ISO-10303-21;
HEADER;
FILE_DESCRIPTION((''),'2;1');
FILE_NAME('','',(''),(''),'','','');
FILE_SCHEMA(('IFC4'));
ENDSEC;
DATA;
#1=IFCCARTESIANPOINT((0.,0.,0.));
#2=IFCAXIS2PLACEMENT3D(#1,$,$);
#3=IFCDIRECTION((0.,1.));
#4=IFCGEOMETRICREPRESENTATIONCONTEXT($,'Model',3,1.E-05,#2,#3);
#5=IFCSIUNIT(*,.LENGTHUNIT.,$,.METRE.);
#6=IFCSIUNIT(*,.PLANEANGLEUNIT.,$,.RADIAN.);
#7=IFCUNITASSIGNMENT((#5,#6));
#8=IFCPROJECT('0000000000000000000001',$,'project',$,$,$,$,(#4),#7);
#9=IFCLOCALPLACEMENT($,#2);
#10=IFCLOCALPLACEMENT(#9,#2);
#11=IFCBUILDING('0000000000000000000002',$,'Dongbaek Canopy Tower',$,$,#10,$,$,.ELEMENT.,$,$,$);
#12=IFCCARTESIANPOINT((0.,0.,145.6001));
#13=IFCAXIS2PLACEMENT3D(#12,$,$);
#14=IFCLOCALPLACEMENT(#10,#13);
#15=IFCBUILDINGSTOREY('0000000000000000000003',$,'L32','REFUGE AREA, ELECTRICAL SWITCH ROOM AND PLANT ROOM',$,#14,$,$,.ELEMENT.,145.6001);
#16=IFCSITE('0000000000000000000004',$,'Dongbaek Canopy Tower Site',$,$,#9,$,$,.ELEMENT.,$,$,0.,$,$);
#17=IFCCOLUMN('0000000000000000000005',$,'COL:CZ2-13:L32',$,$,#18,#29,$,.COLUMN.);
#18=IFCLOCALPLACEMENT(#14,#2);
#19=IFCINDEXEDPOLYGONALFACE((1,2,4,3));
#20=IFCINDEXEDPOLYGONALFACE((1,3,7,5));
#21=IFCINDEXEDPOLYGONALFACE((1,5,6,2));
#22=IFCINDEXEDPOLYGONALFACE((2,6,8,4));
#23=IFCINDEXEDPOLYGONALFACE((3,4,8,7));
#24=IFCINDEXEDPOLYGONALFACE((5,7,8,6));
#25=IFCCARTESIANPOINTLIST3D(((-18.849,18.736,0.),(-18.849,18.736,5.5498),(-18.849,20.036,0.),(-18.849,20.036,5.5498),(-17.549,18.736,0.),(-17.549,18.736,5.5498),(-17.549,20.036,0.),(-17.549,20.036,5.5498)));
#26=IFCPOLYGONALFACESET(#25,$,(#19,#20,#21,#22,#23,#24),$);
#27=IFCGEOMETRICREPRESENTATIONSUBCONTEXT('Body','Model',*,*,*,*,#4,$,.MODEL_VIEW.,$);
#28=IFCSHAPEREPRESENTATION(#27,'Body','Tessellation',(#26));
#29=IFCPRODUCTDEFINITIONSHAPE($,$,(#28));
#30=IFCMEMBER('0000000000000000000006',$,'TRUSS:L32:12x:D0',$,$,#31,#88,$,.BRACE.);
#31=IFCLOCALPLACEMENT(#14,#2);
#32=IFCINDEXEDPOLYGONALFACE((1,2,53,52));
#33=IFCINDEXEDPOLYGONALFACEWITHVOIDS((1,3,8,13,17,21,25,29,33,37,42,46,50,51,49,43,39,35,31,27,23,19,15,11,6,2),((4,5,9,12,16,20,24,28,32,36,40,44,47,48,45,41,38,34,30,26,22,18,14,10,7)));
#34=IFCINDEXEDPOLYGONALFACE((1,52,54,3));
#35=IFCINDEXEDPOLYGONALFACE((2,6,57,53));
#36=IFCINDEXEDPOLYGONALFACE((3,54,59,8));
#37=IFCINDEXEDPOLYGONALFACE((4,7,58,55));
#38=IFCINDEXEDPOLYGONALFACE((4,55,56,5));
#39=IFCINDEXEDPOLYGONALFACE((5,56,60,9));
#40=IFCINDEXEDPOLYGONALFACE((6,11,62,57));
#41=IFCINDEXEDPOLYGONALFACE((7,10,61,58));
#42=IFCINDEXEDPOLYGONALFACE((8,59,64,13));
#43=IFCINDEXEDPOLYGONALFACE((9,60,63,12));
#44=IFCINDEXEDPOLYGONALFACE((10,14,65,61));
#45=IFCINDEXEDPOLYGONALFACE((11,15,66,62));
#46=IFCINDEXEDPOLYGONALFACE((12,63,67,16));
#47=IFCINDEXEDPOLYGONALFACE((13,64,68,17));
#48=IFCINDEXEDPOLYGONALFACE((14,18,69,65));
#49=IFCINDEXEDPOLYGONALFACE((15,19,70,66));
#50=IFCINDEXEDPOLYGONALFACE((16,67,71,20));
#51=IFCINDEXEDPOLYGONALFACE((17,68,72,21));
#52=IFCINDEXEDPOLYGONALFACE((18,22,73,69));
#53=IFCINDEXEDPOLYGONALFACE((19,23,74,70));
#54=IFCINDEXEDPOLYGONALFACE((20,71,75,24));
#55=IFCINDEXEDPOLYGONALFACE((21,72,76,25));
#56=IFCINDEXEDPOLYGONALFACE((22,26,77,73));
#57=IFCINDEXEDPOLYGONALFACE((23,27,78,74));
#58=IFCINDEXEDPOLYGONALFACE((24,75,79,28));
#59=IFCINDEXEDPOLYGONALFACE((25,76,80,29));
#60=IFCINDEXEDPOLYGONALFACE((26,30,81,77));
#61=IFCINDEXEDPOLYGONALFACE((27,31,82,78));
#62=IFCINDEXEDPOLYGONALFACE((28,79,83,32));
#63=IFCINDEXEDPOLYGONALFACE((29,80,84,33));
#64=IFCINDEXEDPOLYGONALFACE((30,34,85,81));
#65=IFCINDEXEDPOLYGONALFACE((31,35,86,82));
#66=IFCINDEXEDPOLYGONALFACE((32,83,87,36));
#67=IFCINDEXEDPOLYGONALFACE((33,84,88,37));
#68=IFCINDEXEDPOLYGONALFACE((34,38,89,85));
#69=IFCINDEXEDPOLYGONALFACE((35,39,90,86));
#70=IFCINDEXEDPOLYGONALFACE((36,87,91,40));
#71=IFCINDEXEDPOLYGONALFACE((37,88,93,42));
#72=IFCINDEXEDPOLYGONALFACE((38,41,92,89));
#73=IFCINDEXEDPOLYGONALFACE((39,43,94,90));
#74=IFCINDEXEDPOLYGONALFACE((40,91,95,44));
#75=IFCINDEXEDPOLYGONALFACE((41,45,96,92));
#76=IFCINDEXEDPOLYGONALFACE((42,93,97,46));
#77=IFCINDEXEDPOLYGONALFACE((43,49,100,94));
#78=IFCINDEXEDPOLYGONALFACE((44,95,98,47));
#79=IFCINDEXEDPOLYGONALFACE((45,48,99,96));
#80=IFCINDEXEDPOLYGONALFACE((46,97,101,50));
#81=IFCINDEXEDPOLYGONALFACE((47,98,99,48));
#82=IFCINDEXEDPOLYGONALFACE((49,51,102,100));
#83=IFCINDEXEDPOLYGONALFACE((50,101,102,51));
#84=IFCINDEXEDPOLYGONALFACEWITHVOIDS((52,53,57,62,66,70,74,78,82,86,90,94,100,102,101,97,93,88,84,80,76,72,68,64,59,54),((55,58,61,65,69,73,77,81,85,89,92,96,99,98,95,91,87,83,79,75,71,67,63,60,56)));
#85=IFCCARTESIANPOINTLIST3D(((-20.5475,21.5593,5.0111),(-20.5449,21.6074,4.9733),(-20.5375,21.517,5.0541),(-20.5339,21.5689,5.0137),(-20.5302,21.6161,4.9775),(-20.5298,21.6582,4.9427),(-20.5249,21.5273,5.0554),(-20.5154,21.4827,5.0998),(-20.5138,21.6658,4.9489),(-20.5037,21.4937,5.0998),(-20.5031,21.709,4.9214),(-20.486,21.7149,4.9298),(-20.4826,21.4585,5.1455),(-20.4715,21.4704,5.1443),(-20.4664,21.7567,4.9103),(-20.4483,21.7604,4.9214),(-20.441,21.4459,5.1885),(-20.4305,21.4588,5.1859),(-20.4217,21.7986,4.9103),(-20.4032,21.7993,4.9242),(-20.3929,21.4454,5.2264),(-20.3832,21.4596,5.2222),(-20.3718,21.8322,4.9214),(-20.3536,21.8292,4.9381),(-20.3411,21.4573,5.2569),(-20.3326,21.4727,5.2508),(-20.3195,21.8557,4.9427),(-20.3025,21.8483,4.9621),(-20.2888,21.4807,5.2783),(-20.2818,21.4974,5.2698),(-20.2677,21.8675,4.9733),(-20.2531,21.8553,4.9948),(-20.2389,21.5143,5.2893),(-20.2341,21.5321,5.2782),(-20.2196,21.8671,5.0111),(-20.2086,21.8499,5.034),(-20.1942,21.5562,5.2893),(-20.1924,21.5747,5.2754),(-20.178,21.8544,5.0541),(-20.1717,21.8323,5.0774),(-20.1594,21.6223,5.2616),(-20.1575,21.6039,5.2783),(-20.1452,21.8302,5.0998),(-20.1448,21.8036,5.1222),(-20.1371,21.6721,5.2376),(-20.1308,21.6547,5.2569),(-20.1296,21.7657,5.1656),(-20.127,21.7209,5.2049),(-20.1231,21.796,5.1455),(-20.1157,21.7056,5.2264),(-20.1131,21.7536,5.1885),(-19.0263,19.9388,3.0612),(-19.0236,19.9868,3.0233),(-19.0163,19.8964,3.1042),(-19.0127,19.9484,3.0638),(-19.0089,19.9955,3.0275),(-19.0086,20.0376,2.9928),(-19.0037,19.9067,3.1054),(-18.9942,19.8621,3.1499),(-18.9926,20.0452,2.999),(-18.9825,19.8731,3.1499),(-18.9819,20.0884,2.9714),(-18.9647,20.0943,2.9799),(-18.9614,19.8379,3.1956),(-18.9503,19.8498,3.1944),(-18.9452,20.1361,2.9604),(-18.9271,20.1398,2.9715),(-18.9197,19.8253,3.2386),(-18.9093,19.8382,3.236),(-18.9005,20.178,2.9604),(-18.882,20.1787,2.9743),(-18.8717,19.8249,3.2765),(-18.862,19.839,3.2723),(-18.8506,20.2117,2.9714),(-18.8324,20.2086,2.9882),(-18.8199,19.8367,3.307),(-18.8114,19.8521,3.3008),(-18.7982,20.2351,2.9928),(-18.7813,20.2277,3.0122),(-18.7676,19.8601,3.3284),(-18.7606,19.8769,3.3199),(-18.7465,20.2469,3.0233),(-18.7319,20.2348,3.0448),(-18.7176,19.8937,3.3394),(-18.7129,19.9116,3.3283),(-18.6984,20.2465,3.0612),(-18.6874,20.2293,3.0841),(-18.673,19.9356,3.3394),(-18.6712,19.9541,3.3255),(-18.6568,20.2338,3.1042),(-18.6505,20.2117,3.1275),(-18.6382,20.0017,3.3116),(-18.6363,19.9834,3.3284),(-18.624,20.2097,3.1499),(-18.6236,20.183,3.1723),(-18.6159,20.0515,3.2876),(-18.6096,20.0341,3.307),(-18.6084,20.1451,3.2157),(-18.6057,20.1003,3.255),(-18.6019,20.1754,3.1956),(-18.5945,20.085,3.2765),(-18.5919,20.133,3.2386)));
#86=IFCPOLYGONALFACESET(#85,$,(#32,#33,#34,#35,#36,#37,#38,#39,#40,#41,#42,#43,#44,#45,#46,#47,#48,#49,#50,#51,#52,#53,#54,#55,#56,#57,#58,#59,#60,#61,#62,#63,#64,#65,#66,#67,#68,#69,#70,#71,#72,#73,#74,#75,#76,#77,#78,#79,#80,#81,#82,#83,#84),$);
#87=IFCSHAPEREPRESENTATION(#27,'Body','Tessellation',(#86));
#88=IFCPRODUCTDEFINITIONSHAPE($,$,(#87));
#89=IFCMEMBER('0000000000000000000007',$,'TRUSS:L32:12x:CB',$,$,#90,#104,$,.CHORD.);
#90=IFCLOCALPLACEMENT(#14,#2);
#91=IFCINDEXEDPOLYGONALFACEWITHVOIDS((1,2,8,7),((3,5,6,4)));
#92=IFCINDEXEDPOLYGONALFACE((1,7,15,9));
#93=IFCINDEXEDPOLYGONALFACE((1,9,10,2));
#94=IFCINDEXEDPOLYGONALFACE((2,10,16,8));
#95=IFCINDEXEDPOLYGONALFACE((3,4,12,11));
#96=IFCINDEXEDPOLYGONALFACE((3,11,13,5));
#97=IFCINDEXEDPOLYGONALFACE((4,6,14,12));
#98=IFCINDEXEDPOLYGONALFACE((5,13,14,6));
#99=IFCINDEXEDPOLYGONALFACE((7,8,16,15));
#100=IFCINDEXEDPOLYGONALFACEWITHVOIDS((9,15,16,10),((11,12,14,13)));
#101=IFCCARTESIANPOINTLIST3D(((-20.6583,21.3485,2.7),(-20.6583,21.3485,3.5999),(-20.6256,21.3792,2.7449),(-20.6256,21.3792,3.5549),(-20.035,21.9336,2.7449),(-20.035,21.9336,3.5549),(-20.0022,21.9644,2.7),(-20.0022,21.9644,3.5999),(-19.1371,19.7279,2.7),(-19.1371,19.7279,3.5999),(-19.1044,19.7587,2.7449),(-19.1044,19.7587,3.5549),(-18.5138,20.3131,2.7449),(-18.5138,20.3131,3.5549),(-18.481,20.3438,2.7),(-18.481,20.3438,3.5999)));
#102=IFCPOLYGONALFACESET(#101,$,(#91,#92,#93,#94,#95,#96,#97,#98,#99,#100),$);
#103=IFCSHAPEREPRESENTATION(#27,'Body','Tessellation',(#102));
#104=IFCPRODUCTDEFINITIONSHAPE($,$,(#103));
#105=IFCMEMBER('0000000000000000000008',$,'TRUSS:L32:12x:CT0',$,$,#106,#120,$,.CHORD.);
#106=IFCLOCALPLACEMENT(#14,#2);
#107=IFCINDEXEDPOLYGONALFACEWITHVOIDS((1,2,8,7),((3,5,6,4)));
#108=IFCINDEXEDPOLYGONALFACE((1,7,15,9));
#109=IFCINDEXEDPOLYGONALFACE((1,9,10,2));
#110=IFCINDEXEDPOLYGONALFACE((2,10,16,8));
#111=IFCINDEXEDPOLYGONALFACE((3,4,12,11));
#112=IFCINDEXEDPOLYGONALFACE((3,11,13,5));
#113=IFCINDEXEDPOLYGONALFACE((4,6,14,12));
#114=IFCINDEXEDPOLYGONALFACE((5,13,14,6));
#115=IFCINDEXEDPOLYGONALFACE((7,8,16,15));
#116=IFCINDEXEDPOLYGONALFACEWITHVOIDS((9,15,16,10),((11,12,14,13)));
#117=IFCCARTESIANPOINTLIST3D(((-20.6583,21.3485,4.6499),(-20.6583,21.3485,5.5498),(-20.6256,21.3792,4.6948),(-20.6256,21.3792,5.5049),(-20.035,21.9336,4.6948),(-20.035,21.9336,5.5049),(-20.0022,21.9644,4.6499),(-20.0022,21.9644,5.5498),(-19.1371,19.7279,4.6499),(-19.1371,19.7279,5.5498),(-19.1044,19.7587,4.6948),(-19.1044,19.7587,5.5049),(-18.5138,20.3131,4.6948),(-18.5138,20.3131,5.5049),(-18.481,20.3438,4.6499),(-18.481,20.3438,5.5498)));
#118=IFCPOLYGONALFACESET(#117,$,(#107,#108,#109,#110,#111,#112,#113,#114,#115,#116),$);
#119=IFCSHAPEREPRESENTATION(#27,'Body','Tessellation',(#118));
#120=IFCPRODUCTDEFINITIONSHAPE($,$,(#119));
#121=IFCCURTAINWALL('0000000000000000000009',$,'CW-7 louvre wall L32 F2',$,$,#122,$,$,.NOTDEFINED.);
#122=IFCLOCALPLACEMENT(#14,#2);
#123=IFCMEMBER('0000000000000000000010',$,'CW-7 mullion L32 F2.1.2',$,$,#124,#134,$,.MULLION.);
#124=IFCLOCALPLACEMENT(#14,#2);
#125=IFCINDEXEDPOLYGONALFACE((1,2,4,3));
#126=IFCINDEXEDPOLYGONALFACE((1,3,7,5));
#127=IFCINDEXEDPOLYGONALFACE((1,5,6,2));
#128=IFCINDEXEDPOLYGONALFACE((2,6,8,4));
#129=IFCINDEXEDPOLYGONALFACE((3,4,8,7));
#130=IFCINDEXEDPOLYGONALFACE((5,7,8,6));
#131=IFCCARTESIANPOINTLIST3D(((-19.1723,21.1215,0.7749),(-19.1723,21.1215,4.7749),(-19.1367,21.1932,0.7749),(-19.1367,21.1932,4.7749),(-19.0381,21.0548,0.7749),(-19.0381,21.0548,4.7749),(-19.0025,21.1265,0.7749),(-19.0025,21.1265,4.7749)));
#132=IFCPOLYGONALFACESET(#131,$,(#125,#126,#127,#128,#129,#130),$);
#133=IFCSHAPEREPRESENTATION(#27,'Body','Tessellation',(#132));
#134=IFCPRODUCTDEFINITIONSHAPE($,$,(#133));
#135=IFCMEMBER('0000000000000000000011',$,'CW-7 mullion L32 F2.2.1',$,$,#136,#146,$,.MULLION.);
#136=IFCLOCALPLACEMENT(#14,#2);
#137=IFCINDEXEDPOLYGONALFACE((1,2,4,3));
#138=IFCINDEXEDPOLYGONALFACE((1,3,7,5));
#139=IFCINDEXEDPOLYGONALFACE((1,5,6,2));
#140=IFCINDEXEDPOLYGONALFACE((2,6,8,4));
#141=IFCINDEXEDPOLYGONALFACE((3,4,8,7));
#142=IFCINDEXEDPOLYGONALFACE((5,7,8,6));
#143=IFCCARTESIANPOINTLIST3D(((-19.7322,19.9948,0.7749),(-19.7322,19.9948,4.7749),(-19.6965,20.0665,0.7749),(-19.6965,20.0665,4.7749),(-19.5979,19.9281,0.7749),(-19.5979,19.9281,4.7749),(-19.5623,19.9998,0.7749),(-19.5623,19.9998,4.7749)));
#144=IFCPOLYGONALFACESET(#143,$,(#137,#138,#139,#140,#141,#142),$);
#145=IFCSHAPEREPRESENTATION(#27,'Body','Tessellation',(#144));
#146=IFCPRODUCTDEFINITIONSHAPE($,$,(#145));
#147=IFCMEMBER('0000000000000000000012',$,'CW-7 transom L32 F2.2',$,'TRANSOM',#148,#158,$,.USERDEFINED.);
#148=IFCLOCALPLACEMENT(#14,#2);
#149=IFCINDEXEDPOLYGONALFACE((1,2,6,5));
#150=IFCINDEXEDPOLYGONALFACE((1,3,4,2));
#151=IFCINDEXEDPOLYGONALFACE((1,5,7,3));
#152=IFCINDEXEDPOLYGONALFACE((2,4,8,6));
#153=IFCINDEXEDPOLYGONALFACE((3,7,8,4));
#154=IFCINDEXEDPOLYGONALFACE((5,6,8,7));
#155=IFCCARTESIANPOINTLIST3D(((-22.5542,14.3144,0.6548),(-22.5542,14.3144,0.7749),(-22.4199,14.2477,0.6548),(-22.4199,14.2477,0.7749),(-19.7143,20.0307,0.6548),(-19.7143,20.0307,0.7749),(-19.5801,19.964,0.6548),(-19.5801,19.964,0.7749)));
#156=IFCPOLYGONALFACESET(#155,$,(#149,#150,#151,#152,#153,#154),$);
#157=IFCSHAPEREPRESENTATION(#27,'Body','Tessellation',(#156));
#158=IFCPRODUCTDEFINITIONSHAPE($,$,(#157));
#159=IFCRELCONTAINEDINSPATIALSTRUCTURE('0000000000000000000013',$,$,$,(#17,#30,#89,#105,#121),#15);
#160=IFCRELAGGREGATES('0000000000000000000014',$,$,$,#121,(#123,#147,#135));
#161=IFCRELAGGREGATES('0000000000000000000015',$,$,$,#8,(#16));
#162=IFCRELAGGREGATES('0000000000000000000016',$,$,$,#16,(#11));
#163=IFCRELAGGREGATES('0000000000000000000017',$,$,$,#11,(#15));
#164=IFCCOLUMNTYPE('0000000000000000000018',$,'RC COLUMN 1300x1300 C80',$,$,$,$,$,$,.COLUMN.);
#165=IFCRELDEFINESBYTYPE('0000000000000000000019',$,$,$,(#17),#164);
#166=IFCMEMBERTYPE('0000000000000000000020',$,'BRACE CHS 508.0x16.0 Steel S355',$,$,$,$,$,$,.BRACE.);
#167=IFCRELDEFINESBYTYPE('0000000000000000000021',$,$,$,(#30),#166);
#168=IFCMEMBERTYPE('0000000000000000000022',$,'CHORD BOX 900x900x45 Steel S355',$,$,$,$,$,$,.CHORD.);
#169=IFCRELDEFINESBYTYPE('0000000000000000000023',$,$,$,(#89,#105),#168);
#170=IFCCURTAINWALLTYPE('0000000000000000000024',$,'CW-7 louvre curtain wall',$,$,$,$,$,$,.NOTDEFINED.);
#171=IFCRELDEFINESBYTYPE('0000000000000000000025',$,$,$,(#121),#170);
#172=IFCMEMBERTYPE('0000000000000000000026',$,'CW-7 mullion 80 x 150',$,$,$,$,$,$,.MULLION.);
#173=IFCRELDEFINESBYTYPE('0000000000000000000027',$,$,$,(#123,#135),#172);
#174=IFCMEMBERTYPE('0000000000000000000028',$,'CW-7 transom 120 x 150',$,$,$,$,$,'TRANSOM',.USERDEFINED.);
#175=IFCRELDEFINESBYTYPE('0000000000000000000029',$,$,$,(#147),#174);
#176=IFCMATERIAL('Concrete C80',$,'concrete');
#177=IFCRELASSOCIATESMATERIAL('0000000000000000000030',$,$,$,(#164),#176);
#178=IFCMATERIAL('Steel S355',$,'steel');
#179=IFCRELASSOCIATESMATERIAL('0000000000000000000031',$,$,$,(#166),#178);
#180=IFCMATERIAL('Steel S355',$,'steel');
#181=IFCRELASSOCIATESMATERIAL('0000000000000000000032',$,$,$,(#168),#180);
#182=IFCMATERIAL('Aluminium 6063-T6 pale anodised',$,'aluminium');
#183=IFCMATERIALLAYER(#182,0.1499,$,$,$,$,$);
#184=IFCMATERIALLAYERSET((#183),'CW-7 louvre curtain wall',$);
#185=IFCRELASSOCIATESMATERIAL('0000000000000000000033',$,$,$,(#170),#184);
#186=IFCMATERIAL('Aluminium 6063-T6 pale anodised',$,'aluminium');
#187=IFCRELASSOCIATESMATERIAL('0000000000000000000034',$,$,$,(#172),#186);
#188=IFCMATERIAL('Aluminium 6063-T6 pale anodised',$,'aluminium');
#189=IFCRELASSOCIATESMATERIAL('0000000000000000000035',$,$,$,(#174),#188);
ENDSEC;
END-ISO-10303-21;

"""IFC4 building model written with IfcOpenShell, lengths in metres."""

from ifc_helpers import new_model, si_unit, direction, frame, origin, origin_2d, place, context, subcontext, project, spatial, rectangle, hollow_rectangle, hollow_circle, extrude, material, layer, layer_set, material_profile, profile_set, type_object, element, aggregate, save


model = new_model("IFC4")

# Units and contexts
model_context = context("Model", 3, precision=1e-05, world=origin(), true_north=direction((0.0, 1.0)))
body_context = subcontext(model_context, "Body", "Model", "MODEL_VIEW")
ifc_project = project(units=[si_unit("LENGTHUNIT", "METRE"), si_unit("PLANEANGLEUNIT", "RADIAN")], contexts=[model_context])

# Site, building, storey
site_placement = place(None, origin())
site = spatial("IfcSite", under=ifc_project, at=site_placement, Name="Dongbaek Canopy Tower Site", CompositionType="ELEMENT", RefElevation=0.0)
building_placement = place(site_placement, origin())
building = spatial("IfcBuilding", under=site, at=building_placement, Name="Dongbaek Canopy Tower", CompositionType="ELEMENT")
storey_placement = place(building_placement, frame((0.0, 0.0, 145.6001)))
storey = spatial("IfcBuildingStorey", under=building, at=storey_placement, Name="L32", Description="REFUGE AREA, ELECTRICAL SWITCH ROOM AND PLANT ROOM", CompositionType="ELEMENT", Elevation=145.6001)

# Column
ifc_material_1 = material(Name="Concrete C80", Category="concrete")
ifc_material_profile_1 = material_profile(ifc_material_1, rectangle(XDim=1.3, YDim=1.3, at=origin_2d()), Name="RC COLUMN 1300x1300 C80")
ifc_profile_set_1 = profile_set([ifc_material_profile_1], Name="Concrete C80")
column_type = type_object("IfcColumnType", Name="RC COLUMN 1300x1300 C80", PredefinedType="COLUMN", material=ifc_profile_set_1)
column_placement = place(storey_placement, frame((-18.199, 19.386, 0.0), z_axis=(0.0, 0.0, 1.0), x_axis=(1.0, 0.0, 0.0)))
element("IfcColumn", 1, at=column_placement, inside=storey, type_object=column_type, Name="COL:CZ2-13:L32", PredefinedType="COLUMN", context=body_context, shape_type="SweptSolid", body=[
    extrude(rectangle(XDim=1.3, YDim=1.3, at=origin_2d()), origin(), (0.0, 0.0, 1.0), 5.5498),
])

# Members
ifc_material_2 = material(Name="Steel S355", Category="steel")
ifc_material_profile_2 = material_profile(ifc_material_2, hollow_circle(Radius=0.2539, WallThickness=0.0161, at=origin_2d()), Name="BRACE CHS 508.0x16.0 Steel S355")
ifc_profile_set_2 = profile_set([ifc_material_profile_2], Name="Steel S355")
member_type_1 = type_object("IfcMemberType", Name="BRACE CHS 508.0x16.0 Steel S355", PredefinedType="BRACE", material=ifc_profile_set_2)
member_1_placement = place(storey_placement, frame((-18.8091, 20.0359, 3.1499), z_axis=(-0.514483, 0.548089, 0.659474), x_axis=(-0.729105, -0.684401, 0.0)))
element("IfcMember", 2, at=member_1_placement, inside=storey, type_object=member_type_1, Name="TRUSS:L32:12x:D0", PredefinedType="BRACE", context=body_context, shape_type="SweptSolid", body=[
    extrude(hollow_circle(Radius=0.2539, WallThickness=0.0161, at=origin_2d()), origin(), (0.0, 0.0, 1.0), 2.9568),
])
ifc_material_3 = material(Name="Steel S355", Category="steel")
ifc_material_profile_3 = material_profile(ifc_material_3, hollow_rectangle(XDim=0.8999, YDim=0.8999, WallThickness=0.0449, at=origin_2d()), Name="CHORD BOX 900x900x45 Steel S355")
ifc_profile_set_3 = profile_set([ifc_material_profile_3], Name="Steel S355")
member_type_2 = type_object("IfcMemberType", Name="CHORD BOX 900x900x45 Steel S355", PredefinedType="CHORD", material=ifc_profile_set_3)
for number, where, z_axis, x_axis, name in (
    (3, (-18.8091, 20.0359, 3.1499), (-0.684401, 0.729105, 0.0), (-0.729105, -0.684401, 0.0), "TRUSS:L32:12x:CB"),
    (4, (-18.8091, 20.0359, 5.0999), (-0.684401, 0.729105, 0.0), (-0.729105, -0.684401, 0.0), "TRUSS:L32:12x:CT0"),
):
    element("IfcMember", number, at=place(storey_placement, frame(where, z_axis=z_axis, x_axis=x_axis)), inside=storey, type_object=member_type_2, Name=name, PredefinedType="CHORD", context=body_context, shape_type="SweptSolid", body=[
        extrude(hollow_rectangle(XDim=0.8999, YDim=0.8999, WallThickness=0.0449, at=origin_2d()), origin(), (0.0, 0.0, 1.0), 2.2227),
    ])

# Curtain wall, members
ifc_material_4 = material(Name="Aluminium 6063-T6 pale anodised", Category="aluminium")
ifc_layer_1 = layer(ifc_material_4, 0.1499)
ifc_layer_set_1 = layer_set([ifc_layer_1], Name="CW-7 louvre curtain wall")
curtain_wall_type = type_object("IfcCurtainWallType", Name="CW-7 louvre curtain wall", PredefinedType="NOTDEFINED", material=ifc_layer_set_1)
curtain_wall_placement = place(storey_placement, origin())
curtain_wall = element("IfcCurtainWall", 5, at=curtain_wall_placement, inside=storey, type_object=curtain_wall_type, Name="CW-7 louvre wall L32 F2", PredefinedType="NOTDEFINED")
ifc_material_5 = material(Name="Aluminium 6063-T6 pale anodised", Category="aluminium")
ifc_material_profile_4 = material_profile(ifc_material_5, rectangle(XDim=0.1499, YDim=0.0801, at=origin_2d()), Name="CW-7 mullion 80 x 150")
ifc_profile_set_4 = profile_set([ifc_material_profile_4], Name="Aluminium 6063-T6 pale anodised")
member_type_3 = type_object("IfcMemberType", Name="CW-7 mullion 80 x 150", PredefinedType="MULLION", material=ifc_profile_set_4)
member_2_placement = place(storey_placement, frame((-19.0874, 21.124, 0.7749), z_axis=(0.0, 0.0, 1.0), x_axis=(-0.895566, 0.444929, 0.0)))
member_2 = element("IfcMember", 6, at=member_2_placement, type_object=member_type_3, Name="CW-7 mullion L32 F2.1.2", PredefinedType="MULLION", context=body_context, shape_type="SweptSolid", body=[
    extrude(rectangle(XDim=0.1499, YDim=0.0801, at=origin_2d()), origin(), (0.0, 0.0, 1.0), 4.0),
])
member_3_placement = place(storey_placement, frame((-19.6472, 19.9973, 0.7749), z_axis=(0.0, 0.0, 1.0), x_axis=(-0.895566, 0.444929, 0.0)))
member_3 = element("IfcMember", 7, at=member_3_placement, type_object=member_type_3, Name="CW-7 mullion L32 F2.2.1", PredefinedType="MULLION", context=body_context, shape_type="SweptSolid", body=[
    extrude(rectangle(XDim=0.1499, YDim=0.0801, at=origin_2d()), origin(), (0.0, 0.0, 1.0), 4.0),
])
ifc_material_6 = material(Name="Aluminium 6063-T6 pale anodised", Category="aluminium")
ifc_material_profile_5 = material_profile(ifc_material_6, rectangle(XDim=0.1499, YDim=0.1201, at=origin_2d()), Name="CW-7 transom 120 x 150")
ifc_profile_set_5 = profile_set([ifc_material_profile_5], Name="Aluminium 6063-T6 pale anodised")
member_type_4 = type_object("IfcMemberType", Name="CW-7 transom 120 x 150", ElementType="TRANSOM", PredefinedType="USERDEFINED", material=ifc_profile_set_5)
member_4_placement = place(storey_placement, frame((-19.6472, 19.9973, 0.7148), z_axis=(-0.444917, -0.895572, 0.0), x_axis=(0.895572, -0.444917, 0.0)))
member_4 = element("IfcMember", 8, at=member_4_placement, type_object=member_type_4, Name="CW-7 transom L32 F2.2", ObjectType="TRANSOM", PredefinedType="USERDEFINED", context=body_context, shape_type="SweptSolid", body=[
    extrude(rectangle(XDim=0.1499, YDim=0.1201, at=origin_2d()), origin(), (0.0, 0.0, 1.0), 6.3828),
])

aggregate(curtain_wall, [member_2, member_4, member_3])

save(model, "model.ifc")
